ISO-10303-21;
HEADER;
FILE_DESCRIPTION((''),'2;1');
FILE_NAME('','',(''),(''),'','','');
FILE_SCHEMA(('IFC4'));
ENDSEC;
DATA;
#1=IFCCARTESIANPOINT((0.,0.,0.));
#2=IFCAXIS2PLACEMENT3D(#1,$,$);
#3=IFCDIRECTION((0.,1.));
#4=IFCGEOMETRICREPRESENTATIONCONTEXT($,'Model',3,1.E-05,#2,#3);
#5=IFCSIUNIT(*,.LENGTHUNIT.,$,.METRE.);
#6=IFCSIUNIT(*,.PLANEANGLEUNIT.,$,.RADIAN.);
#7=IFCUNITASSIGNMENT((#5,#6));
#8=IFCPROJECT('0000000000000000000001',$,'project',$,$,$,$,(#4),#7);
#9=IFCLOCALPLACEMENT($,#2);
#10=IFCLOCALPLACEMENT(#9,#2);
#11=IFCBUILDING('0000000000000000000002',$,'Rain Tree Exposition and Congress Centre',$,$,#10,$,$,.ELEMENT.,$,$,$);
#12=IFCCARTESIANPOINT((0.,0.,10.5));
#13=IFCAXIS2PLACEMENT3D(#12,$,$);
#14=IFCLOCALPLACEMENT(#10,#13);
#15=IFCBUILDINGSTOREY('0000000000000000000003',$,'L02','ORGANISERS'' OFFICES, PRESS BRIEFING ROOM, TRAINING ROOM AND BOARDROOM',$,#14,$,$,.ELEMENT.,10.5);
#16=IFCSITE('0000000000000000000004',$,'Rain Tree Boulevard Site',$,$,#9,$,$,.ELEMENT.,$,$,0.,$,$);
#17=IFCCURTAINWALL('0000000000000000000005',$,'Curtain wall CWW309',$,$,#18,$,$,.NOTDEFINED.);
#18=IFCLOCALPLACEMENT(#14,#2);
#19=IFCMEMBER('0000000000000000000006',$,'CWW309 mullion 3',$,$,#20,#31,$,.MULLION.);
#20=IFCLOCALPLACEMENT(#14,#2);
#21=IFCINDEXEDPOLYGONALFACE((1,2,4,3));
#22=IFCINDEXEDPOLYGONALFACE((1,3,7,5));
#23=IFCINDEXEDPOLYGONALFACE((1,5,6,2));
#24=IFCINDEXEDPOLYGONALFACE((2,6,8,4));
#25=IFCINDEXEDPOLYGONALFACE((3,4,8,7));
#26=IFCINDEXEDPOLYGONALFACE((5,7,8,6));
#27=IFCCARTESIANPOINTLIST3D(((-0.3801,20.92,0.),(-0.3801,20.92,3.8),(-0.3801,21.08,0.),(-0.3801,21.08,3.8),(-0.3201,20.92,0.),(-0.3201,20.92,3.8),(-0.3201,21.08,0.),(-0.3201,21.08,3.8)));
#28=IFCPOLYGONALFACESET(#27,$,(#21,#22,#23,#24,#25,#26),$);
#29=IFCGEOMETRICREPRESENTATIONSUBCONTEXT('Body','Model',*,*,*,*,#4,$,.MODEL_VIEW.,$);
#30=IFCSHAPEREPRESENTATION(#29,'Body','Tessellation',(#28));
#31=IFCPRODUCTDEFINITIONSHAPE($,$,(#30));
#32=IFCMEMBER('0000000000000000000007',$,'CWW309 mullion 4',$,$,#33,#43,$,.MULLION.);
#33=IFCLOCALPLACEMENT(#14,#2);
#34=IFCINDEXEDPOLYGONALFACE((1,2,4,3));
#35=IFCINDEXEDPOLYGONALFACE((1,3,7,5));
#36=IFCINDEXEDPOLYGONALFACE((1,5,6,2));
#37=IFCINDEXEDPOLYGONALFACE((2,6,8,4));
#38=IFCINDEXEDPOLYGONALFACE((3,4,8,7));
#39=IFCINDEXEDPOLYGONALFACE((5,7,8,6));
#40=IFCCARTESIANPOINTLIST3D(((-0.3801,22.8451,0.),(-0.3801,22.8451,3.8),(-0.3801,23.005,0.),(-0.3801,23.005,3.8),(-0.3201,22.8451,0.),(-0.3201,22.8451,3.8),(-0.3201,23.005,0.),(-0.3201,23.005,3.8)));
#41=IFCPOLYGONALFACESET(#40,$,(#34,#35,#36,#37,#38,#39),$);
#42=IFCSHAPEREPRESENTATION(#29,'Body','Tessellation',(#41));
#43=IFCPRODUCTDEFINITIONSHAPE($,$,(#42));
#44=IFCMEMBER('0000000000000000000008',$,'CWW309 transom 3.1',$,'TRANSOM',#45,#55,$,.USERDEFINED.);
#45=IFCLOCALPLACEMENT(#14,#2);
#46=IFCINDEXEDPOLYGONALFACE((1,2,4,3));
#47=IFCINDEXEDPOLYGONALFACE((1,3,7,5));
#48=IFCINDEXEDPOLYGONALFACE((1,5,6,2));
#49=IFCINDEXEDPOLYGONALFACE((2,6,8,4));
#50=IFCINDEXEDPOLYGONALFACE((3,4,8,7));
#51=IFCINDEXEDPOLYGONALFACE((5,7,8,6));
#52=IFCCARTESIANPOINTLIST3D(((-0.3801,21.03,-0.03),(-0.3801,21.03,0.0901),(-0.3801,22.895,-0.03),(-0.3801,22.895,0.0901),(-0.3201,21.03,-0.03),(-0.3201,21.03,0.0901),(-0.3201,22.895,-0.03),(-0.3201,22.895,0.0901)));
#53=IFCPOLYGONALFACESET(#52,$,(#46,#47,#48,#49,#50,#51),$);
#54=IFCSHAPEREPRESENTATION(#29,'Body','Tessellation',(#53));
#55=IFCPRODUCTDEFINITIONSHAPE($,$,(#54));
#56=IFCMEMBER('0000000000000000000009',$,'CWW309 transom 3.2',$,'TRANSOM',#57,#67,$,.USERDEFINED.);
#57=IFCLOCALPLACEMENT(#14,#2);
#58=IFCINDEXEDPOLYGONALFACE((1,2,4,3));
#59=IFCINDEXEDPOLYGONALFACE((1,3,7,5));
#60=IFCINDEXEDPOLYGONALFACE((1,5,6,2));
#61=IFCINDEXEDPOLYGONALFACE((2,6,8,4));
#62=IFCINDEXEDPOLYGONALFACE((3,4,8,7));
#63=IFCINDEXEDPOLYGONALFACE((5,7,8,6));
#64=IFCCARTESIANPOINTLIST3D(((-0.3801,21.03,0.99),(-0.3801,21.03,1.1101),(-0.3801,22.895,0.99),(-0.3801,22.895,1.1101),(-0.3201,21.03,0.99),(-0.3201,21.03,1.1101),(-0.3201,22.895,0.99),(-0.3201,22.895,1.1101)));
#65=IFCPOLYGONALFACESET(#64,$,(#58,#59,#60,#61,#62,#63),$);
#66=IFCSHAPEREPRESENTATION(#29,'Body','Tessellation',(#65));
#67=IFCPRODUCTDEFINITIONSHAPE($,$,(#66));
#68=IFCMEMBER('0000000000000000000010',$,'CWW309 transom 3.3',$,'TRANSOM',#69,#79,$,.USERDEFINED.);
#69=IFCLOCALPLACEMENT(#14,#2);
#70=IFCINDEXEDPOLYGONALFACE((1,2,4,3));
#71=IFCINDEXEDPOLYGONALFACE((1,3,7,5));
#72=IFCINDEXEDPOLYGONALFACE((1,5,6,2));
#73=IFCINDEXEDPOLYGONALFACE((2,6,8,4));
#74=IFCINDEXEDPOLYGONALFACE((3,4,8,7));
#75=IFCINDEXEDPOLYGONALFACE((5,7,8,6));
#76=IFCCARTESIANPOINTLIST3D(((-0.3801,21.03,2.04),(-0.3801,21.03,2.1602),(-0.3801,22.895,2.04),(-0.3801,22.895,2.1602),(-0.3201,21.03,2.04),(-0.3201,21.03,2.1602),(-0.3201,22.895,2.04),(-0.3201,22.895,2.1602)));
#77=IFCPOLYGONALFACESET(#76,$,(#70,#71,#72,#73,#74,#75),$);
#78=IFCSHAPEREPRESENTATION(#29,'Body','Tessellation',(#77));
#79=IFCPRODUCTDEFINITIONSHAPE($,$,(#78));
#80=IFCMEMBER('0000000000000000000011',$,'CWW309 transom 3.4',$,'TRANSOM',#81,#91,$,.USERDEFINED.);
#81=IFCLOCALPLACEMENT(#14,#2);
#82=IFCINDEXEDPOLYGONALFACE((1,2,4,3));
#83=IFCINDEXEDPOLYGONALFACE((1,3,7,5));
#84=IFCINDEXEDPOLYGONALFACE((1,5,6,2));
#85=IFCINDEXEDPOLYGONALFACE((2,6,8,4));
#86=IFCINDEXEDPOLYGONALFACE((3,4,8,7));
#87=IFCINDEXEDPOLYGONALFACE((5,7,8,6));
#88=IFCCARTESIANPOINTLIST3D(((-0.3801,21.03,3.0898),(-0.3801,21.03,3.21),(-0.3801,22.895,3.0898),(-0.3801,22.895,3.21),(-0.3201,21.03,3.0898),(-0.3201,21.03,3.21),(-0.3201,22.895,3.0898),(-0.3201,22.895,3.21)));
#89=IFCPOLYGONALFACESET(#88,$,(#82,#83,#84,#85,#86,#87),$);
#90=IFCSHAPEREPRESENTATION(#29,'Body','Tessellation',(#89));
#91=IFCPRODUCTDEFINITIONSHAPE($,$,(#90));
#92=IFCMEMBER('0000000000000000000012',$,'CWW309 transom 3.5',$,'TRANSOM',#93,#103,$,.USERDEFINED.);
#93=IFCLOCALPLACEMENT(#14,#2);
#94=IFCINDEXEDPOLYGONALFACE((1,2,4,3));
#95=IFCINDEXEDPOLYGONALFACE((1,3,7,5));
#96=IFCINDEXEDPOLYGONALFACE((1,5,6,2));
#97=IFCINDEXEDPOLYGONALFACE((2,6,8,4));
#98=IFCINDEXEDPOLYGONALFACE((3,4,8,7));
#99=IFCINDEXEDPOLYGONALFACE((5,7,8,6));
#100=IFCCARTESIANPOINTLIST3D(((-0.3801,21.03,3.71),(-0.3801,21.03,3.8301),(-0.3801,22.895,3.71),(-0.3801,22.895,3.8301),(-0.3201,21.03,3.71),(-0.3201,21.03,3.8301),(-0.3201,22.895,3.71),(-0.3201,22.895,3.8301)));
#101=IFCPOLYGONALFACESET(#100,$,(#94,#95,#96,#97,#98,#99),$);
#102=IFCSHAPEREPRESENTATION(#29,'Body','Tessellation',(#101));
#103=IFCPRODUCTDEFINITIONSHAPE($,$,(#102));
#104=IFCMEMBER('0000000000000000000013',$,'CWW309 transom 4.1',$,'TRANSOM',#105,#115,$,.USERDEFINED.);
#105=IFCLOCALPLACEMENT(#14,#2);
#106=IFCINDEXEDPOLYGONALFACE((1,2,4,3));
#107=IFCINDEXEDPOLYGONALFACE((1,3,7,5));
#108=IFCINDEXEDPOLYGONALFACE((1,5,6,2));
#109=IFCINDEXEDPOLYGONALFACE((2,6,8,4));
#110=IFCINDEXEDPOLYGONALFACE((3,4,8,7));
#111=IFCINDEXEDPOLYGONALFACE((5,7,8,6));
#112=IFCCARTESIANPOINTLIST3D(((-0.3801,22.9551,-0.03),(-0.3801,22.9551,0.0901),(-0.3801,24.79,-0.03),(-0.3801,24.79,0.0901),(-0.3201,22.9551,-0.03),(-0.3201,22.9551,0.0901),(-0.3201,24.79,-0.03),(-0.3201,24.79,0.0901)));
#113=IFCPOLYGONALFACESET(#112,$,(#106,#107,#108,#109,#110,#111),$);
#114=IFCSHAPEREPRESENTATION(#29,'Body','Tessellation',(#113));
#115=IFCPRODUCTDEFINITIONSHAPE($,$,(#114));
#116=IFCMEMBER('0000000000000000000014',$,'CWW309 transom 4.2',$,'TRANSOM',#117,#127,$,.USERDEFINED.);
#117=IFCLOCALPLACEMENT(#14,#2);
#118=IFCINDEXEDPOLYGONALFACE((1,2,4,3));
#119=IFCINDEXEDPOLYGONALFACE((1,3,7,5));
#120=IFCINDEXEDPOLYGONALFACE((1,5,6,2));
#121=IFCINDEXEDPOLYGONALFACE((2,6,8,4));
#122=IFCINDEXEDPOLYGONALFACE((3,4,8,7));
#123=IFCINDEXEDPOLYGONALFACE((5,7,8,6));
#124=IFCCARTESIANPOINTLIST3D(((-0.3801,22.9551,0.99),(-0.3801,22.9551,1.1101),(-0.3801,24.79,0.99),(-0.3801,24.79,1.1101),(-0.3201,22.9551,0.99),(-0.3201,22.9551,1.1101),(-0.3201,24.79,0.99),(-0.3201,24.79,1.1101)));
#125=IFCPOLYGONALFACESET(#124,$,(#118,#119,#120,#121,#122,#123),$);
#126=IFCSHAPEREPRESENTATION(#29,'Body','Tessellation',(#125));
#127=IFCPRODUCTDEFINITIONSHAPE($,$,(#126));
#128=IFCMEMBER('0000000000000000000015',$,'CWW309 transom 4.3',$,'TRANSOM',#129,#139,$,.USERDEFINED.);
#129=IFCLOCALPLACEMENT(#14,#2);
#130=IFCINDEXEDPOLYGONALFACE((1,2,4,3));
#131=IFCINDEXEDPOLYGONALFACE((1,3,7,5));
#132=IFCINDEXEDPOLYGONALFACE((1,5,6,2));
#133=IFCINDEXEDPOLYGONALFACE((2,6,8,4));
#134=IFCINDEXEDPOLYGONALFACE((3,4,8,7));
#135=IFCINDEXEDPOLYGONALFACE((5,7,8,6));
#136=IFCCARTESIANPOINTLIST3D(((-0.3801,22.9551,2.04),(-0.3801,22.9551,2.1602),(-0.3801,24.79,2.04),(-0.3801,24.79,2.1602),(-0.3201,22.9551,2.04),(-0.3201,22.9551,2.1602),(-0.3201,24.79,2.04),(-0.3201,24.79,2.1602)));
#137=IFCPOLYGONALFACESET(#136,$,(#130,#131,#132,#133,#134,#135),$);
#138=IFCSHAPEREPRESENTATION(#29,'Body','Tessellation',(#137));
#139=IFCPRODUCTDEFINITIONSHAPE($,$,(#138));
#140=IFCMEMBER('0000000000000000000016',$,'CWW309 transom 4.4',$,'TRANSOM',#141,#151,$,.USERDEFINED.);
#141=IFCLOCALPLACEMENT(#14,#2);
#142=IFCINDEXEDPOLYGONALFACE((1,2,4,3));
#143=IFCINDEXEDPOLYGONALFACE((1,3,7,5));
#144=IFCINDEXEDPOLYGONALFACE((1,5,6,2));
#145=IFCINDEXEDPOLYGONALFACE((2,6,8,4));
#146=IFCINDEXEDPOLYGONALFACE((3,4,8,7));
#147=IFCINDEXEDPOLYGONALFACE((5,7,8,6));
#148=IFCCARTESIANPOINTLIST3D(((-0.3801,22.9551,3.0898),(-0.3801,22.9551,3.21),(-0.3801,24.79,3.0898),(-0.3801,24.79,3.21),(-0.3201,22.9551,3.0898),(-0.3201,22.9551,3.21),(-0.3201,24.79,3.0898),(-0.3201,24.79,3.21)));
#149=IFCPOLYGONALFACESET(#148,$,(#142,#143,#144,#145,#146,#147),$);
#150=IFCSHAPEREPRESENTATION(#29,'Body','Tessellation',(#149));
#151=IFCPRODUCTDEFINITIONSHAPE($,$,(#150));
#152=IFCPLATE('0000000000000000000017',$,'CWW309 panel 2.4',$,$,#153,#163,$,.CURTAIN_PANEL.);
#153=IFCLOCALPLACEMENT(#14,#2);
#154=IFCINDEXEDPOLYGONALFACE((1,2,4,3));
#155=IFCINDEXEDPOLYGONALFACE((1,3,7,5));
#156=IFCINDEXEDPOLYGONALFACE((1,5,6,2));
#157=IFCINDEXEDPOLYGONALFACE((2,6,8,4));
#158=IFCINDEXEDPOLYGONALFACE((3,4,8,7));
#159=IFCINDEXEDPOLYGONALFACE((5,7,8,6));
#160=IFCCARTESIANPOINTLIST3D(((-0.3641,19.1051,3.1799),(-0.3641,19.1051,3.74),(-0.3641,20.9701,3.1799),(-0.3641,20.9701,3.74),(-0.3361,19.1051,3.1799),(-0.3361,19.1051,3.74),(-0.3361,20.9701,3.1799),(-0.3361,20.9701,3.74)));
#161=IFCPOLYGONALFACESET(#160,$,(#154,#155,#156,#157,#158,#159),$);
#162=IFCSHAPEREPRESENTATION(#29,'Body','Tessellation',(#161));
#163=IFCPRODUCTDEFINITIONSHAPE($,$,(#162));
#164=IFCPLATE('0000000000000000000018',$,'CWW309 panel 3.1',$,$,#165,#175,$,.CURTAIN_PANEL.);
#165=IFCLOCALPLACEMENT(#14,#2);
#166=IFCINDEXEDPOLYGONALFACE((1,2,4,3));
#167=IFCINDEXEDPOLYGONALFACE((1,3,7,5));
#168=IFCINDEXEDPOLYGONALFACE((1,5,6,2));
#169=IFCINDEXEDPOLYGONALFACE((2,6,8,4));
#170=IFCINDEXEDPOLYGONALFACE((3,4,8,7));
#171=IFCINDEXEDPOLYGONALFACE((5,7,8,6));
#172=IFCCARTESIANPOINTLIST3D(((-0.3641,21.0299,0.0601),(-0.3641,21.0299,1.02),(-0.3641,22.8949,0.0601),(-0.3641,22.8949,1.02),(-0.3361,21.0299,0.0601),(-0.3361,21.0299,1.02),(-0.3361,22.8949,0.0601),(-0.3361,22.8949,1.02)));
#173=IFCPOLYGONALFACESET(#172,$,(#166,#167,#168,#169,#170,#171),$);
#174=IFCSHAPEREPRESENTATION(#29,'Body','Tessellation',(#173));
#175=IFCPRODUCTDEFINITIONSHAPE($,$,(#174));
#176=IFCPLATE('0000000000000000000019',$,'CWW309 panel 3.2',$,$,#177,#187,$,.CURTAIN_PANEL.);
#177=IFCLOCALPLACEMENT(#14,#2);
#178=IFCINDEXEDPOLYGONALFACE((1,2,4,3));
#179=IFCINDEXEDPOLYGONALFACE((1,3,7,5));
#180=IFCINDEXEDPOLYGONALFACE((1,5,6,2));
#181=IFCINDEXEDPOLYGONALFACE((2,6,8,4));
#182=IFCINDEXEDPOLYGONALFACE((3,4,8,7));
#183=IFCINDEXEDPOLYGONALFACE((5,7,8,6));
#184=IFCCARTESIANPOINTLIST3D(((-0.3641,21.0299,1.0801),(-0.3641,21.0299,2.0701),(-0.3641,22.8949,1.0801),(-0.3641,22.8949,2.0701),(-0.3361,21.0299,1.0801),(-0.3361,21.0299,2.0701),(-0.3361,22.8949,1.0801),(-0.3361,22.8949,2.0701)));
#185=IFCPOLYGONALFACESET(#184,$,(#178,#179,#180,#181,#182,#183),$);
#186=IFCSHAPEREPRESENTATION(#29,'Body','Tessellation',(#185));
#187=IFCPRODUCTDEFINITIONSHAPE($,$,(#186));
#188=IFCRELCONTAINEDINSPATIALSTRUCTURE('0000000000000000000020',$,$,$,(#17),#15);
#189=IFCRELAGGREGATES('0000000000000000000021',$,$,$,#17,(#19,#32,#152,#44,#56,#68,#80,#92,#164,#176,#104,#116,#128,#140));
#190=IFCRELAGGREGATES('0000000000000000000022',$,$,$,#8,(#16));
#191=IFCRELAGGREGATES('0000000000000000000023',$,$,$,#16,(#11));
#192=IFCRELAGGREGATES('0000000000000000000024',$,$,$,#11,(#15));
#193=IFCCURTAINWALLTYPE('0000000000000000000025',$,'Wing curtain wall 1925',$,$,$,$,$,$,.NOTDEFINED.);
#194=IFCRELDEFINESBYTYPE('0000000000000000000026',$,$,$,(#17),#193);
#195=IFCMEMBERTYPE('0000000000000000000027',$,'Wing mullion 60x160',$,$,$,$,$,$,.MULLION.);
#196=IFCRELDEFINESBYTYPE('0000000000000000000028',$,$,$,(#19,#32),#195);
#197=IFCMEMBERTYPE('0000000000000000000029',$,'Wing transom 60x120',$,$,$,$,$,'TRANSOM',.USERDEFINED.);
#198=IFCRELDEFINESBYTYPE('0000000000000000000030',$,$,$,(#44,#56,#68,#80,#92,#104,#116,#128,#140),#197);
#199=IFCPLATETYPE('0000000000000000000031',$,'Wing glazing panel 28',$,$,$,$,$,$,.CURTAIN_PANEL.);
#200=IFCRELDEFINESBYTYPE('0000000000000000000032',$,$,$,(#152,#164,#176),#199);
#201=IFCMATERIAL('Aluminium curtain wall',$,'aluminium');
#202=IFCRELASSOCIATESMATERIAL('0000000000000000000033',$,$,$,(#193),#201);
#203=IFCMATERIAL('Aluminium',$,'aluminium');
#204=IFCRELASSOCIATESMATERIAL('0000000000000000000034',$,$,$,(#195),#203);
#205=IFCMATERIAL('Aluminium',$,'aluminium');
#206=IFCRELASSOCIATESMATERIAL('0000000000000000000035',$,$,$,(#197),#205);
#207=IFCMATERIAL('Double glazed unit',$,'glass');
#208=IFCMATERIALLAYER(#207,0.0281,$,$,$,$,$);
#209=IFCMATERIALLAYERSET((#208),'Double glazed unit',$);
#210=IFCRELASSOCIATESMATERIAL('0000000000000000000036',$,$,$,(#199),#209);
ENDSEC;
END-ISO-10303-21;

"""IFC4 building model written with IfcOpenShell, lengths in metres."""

from ifc_helpers import new_model, si_unit, direction, frame, origin, origin_2d, place, context, subcontext, project, spatial, rectangle, extrude, material, layer, layer_set, material_profile, profile_set, type_object, element, aggregate, save


model = new_model("IFC4")

# Units and contexts
model_context = context("Model", 3, precision=1e-05, world=origin(), true_north=direction((0.0, 1.0)))
body_context = subcontext(model_context, "Body", "Model", "MODEL_VIEW")
ifc_project = project(units=[si_unit("LENGTHUNIT", "METRE"), si_unit("PLANEANGLEUNIT", "RADIAN")], contexts=[model_context])

# Site, building, storey
site_placement = place(None, origin())
site = spatial("IfcSite", under=ifc_project, at=site_placement, Name="Rain Tree Boulevard Site", CompositionType="ELEMENT", RefElevation=0.0)
building_placement = place(site_placement, origin())
building = spatial("IfcBuilding", under=site, at=building_placement, Name="Rain Tree Exposition and Congress Centre", CompositionType="ELEMENT")
storey_placement = place(building_placement, frame((0.0, 0.0, 10.5)))
storey = spatial("IfcBuildingStorey", under=building, at=storey_placement, Name="L02", Description="ORGANISERS' OFFICES, PRESS BRIEFING ROOM, TRAINING ROOM AND BOARDROOM", CompositionType="ELEMENT", Elevation=10.5)

# Curtain wall, members, plates
ifc_material_1 = material(Name="Aluminium curtain wall", Category="aluminium")
curtain_wall_type = type_object("IfcCurtainWallType", Name="Wing curtain wall 1925", PredefinedType="NOTDEFINED", material=ifc_material_1)
curtain_wall_placement = place(storey_placement, origin())
curtain_wall = element("IfcCurtainWall", 1, at=curtain_wall_placement, inside=storey, type_object=curtain_wall_type, Name="Curtain wall CWW309", PredefinedType="NOTDEFINED")
ifc_material_2 = material(Name="Aluminium", Category="aluminium")
ifc_material_profile_1 = material_profile(ifc_material_2, rectangle(XDim=0.0601, YDim=0.1599, at=origin_2d()), Name="Aluminium 60x160")
ifc_profile_set_1 = profile_set([ifc_material_profile_1], Name="Aluminium")
member_type_1 = type_object("IfcMemberType", Name="Wing mullion 60x160", PredefinedType="MULLION", material=ifc_profile_set_1)
member_1_placement = place(storey_placement, frame((-0.3501, 21.0, 0.0), z_axis=(0.0, 0.0, 1.0), x_axis=(-1.0, 0.0, 0.0)))
member_1 = element("IfcMember", 2, at=member_1_placement, type_object=member_type_1, Name="CWW309 mullion 3", PredefinedType="MULLION", context=body_context, shape_type="SweptSolid", body=[
    extrude(rectangle(XDim=0.0601, YDim=0.1599, at=origin_2d()), origin(), (0.0, 0.0, 1.0), 3.8),
])
member_2_placement = place(storey_placement, frame((-0.3501, 22.925, 0.0), z_axis=(0.0, 0.0, 1.0), x_axis=(-1.0, 0.0, 0.0)))
member_2 = element("IfcMember", 3, at=member_2_placement, type_object=member_type_1, Name="CWW309 mullion 4", PredefinedType="MULLION", context=body_context, shape_type="SweptSolid", body=[
    extrude(rectangle(XDim=0.0601, YDim=0.1599, at=origin_2d()), origin(), (0.0, 0.0, 1.0), 3.8),
])
ifc_material_3 = material(Name="Aluminium", Category="aluminium")
ifc_material_profile_2 = material_profile(ifc_material_3, rectangle(XDim=0.0601, YDim=0.1201, at=origin_2d()), Name="Aluminium 60x120")
ifc_profile_set_2 = profile_set([ifc_material_profile_2], Name="Aluminium")
member_type_2 = type_object("IfcMemberType", Name="Wing transom 60x120", ElementType="TRANSOM", PredefinedType="USERDEFINED", material=ifc_profile_set_2)
member_3_placement = place(storey_placement, frame((-0.3501, 21.03, 0.03), z_axis=(0.0, 1.0, 0.0), x_axis=(-1.0, 0.0, 0.0)))
member_3 = element("IfcMember", 4, at=member_3_placement, type_object=member_type_2, Name="CWW309 transom 3.1", ObjectType="TRANSOM", PredefinedType="USERDEFINED", context=body_context, shape_type="SweptSolid", body=[
    extrude(rectangle(XDim=0.0601, YDim=0.1201, at=origin_2d()), origin(), (0.0, 0.0, 1.0), 1.865),
])
member_4_placement = place(storey_placement, frame((-0.3501, 21.03, 1.05), z_axis=(0.0, 1.0, 0.0), x_axis=(-1.0, 0.0, 0.0)))
member_4 = element("IfcMember", 5, at=member_4_placement, type_object=member_type_2, Name="CWW309 transom 3.2", ObjectType="TRANSOM", PredefinedType="USERDEFINED", context=body_context, shape_type="SweptSolid", body=[
    extrude(rectangle(XDim=0.0601, YDim=0.1201, at=origin_2d()), origin(), (0.0, 0.0, 1.0), 1.865),
])
member_5_placement = place(storey_placement, frame((-0.3501, 21.03, 2.1001), z_axis=(0.0, 1.0, 0.0), x_axis=(-1.0, 0.0, 0.0)))
member_5 = element("IfcMember", 6, at=member_5_placement, type_object=member_type_2, Name="CWW309 transom 3.3", ObjectType="TRANSOM", PredefinedType="USERDEFINED", context=body_context, shape_type="SweptSolid", body=[
    extrude(rectangle(XDim=0.0601, YDim=0.1201, at=origin_2d()), origin(), (0.0, 0.0, 1.0), 1.865),
])
member_6_placement = place(storey_placement, frame((-0.3501, 21.03, 3.1499), z_axis=(0.0, 1.0, 0.0), x_axis=(-1.0, 0.0, 0.0)))
member_6 = element("IfcMember", 7, at=member_6_placement, type_object=member_type_2, Name="CWW309 transom 3.4", ObjectType="TRANSOM", PredefinedType="USERDEFINED", context=body_context, shape_type="SweptSolid", body=[
    extrude(rectangle(XDim=0.0601, YDim=0.1201, at=origin_2d()), origin(), (0.0, 0.0, 1.0), 1.865),
])
member_7_placement = place(storey_placement, frame((-0.3501, 21.03, 3.77), z_axis=(0.0, 1.0, 0.0), x_axis=(-1.0, 0.0, 0.0)))
member_7 = element("IfcMember", 8, at=member_7_placement, type_object=member_type_2, Name="CWW309 transom 3.5", ObjectType="TRANSOM", PredefinedType="USERDEFINED", context=body_context, shape_type="SweptSolid", body=[
    extrude(rectangle(XDim=0.0601, YDim=0.1201, at=origin_2d()), origin(), (0.0, 0.0, 1.0), 1.865),
])
member_8_placement = place(storey_placement, frame((-0.3501, 22.9551, 0.03), z_axis=(0.0, 1.0, 0.0), x_axis=(-1.0, 0.0, 0.0)))
member_8 = element("IfcMember", 9, at=member_8_placement, type_object=member_type_2, Name="CWW309 transom 4.1", ObjectType="TRANSOM", PredefinedType="USERDEFINED", context=body_context, shape_type="SweptSolid", body=[
    extrude(rectangle(XDim=0.0601, YDim=0.1201, at=origin_2d()), origin(), (0.0, 0.0, 1.0), 1.835),
])
member_9_placement = place(storey_placement, frame((-0.3501, 22.9551, 1.05), z_axis=(0.0, 1.0, 0.0), x_axis=(-1.0, 0.0, 0.0)))
member_9 = element("IfcMember", 10, at=member_9_placement, type_object=member_type_2, Name="CWW309 transom 4.2", ObjectType="TRANSOM", PredefinedType="USERDEFINED", context=body_context, shape_type="SweptSolid", body=[
    extrude(rectangle(XDim=0.0601, YDim=0.1201, at=origin_2d()), origin(), (0.0, 0.0, 1.0), 1.835),
])
member_10_placement = place(storey_placement, frame((-0.3501, 22.9551, 2.1001), z_axis=(0.0, 1.0, 0.0), x_axis=(-1.0, 0.0, 0.0)))
member_10 = element("IfcMember", 11, at=member_10_placement, type_object=member_type_2, Name="CWW309 transom 4.3", ObjectType="TRANSOM", PredefinedType="USERDEFINED", context=body_context, shape_type="SweptSolid", body=[
    extrude(rectangle(XDim=0.0601, YDim=0.1201, at=origin_2d()), origin(), (0.0, 0.0, 1.0), 1.835),
])
member_11_placement = place(storey_placement, frame((-0.3501, 22.9551, 3.1499), z_axis=(0.0, 1.0, 0.0), x_axis=(-1.0, 0.0, 0.0)))
member_11 = element("IfcMember", 12, at=member_11_placement, type_object=member_type_2, Name="CWW309 transom 4.4", ObjectType="TRANSOM", PredefinedType="USERDEFINED", context=body_context, shape_type="SweptSolid", body=[
    extrude(rectangle(XDim=0.0601, YDim=0.1201, at=origin_2d()), origin(), (0.0, 0.0, 1.0), 1.835),
])
ifc_material_4 = material(Name="Double glazed unit", Category="glass")
ifc_layer_1 = layer(ifc_material_4, 0.0281)
ifc_layer_set_1 = layer_set([ifc_layer_1], Name="Double glazed unit")
plate_type = type_object("IfcPlateType", Name="Wing glazing panel 28", PredefinedType="CURTAIN_PANEL", material=ifc_layer_set_1)
plate_1_placement = place(storey_placement, frame((-0.3501, 20.0376, 3.1799), z_axis=(0.0, 0.0, 1.0), x_axis=(0.0, 1.0, 0.0)))
plate_1 = element("IfcPlate", 13, at=plate_1_placement, type_object=plate_type, Name="CWW309 panel 2.4", PredefinedType="CURTAIN_PANEL", context=body_context, shape_type="SweptSolid", body=[
    extrude(rectangle(XDim=1.865, YDim=0.0281, at=origin_2d()), origin(), (0.0, 0.0, 1.0), 0.5601),
])
plate_2_placement = place(storey_placement, frame((-0.3501, 21.9624, 0.0601), z_axis=(0.0, 0.0, 1.0), x_axis=(0.0, 1.0, 0.0)))
plate_2 = element("IfcPlate", 14, at=plate_2_placement, type_object=plate_type, Name="CWW309 panel 3.1", PredefinedType="CURTAIN_PANEL", context=body_context, shape_type="SweptSolid", body=[
    extrude(rectangle(XDim=1.865, YDim=0.0281, at=origin_2d()), origin(), (0.0, 0.0, 1.0), 0.96),
])
plate_3_placement = place(storey_placement, frame((-0.3501, 21.9624, 1.0801), z_axis=(0.0, 0.0, 1.0), x_axis=(0.0, 1.0, 0.0)))
plate_3 = element("IfcPlate", 15, at=plate_3_placement, type_object=plate_type, Name="CWW309 panel 3.2", PredefinedType="CURTAIN_PANEL", context=body_context, shape_type="SweptSolid", body=[
    extrude(rectangle(XDim=1.865, YDim=0.0281, at=origin_2d()), origin(), (0.0, 0.0, 1.0), 0.99),
])
aggregate(curtain_wall, [member_1, member_2, plate_1, member_3, member_4, member_5, member_6, member_7, plate_2, plate_3, member_8, member_9, member_10, member_11])

save(model, "model.ifc")
